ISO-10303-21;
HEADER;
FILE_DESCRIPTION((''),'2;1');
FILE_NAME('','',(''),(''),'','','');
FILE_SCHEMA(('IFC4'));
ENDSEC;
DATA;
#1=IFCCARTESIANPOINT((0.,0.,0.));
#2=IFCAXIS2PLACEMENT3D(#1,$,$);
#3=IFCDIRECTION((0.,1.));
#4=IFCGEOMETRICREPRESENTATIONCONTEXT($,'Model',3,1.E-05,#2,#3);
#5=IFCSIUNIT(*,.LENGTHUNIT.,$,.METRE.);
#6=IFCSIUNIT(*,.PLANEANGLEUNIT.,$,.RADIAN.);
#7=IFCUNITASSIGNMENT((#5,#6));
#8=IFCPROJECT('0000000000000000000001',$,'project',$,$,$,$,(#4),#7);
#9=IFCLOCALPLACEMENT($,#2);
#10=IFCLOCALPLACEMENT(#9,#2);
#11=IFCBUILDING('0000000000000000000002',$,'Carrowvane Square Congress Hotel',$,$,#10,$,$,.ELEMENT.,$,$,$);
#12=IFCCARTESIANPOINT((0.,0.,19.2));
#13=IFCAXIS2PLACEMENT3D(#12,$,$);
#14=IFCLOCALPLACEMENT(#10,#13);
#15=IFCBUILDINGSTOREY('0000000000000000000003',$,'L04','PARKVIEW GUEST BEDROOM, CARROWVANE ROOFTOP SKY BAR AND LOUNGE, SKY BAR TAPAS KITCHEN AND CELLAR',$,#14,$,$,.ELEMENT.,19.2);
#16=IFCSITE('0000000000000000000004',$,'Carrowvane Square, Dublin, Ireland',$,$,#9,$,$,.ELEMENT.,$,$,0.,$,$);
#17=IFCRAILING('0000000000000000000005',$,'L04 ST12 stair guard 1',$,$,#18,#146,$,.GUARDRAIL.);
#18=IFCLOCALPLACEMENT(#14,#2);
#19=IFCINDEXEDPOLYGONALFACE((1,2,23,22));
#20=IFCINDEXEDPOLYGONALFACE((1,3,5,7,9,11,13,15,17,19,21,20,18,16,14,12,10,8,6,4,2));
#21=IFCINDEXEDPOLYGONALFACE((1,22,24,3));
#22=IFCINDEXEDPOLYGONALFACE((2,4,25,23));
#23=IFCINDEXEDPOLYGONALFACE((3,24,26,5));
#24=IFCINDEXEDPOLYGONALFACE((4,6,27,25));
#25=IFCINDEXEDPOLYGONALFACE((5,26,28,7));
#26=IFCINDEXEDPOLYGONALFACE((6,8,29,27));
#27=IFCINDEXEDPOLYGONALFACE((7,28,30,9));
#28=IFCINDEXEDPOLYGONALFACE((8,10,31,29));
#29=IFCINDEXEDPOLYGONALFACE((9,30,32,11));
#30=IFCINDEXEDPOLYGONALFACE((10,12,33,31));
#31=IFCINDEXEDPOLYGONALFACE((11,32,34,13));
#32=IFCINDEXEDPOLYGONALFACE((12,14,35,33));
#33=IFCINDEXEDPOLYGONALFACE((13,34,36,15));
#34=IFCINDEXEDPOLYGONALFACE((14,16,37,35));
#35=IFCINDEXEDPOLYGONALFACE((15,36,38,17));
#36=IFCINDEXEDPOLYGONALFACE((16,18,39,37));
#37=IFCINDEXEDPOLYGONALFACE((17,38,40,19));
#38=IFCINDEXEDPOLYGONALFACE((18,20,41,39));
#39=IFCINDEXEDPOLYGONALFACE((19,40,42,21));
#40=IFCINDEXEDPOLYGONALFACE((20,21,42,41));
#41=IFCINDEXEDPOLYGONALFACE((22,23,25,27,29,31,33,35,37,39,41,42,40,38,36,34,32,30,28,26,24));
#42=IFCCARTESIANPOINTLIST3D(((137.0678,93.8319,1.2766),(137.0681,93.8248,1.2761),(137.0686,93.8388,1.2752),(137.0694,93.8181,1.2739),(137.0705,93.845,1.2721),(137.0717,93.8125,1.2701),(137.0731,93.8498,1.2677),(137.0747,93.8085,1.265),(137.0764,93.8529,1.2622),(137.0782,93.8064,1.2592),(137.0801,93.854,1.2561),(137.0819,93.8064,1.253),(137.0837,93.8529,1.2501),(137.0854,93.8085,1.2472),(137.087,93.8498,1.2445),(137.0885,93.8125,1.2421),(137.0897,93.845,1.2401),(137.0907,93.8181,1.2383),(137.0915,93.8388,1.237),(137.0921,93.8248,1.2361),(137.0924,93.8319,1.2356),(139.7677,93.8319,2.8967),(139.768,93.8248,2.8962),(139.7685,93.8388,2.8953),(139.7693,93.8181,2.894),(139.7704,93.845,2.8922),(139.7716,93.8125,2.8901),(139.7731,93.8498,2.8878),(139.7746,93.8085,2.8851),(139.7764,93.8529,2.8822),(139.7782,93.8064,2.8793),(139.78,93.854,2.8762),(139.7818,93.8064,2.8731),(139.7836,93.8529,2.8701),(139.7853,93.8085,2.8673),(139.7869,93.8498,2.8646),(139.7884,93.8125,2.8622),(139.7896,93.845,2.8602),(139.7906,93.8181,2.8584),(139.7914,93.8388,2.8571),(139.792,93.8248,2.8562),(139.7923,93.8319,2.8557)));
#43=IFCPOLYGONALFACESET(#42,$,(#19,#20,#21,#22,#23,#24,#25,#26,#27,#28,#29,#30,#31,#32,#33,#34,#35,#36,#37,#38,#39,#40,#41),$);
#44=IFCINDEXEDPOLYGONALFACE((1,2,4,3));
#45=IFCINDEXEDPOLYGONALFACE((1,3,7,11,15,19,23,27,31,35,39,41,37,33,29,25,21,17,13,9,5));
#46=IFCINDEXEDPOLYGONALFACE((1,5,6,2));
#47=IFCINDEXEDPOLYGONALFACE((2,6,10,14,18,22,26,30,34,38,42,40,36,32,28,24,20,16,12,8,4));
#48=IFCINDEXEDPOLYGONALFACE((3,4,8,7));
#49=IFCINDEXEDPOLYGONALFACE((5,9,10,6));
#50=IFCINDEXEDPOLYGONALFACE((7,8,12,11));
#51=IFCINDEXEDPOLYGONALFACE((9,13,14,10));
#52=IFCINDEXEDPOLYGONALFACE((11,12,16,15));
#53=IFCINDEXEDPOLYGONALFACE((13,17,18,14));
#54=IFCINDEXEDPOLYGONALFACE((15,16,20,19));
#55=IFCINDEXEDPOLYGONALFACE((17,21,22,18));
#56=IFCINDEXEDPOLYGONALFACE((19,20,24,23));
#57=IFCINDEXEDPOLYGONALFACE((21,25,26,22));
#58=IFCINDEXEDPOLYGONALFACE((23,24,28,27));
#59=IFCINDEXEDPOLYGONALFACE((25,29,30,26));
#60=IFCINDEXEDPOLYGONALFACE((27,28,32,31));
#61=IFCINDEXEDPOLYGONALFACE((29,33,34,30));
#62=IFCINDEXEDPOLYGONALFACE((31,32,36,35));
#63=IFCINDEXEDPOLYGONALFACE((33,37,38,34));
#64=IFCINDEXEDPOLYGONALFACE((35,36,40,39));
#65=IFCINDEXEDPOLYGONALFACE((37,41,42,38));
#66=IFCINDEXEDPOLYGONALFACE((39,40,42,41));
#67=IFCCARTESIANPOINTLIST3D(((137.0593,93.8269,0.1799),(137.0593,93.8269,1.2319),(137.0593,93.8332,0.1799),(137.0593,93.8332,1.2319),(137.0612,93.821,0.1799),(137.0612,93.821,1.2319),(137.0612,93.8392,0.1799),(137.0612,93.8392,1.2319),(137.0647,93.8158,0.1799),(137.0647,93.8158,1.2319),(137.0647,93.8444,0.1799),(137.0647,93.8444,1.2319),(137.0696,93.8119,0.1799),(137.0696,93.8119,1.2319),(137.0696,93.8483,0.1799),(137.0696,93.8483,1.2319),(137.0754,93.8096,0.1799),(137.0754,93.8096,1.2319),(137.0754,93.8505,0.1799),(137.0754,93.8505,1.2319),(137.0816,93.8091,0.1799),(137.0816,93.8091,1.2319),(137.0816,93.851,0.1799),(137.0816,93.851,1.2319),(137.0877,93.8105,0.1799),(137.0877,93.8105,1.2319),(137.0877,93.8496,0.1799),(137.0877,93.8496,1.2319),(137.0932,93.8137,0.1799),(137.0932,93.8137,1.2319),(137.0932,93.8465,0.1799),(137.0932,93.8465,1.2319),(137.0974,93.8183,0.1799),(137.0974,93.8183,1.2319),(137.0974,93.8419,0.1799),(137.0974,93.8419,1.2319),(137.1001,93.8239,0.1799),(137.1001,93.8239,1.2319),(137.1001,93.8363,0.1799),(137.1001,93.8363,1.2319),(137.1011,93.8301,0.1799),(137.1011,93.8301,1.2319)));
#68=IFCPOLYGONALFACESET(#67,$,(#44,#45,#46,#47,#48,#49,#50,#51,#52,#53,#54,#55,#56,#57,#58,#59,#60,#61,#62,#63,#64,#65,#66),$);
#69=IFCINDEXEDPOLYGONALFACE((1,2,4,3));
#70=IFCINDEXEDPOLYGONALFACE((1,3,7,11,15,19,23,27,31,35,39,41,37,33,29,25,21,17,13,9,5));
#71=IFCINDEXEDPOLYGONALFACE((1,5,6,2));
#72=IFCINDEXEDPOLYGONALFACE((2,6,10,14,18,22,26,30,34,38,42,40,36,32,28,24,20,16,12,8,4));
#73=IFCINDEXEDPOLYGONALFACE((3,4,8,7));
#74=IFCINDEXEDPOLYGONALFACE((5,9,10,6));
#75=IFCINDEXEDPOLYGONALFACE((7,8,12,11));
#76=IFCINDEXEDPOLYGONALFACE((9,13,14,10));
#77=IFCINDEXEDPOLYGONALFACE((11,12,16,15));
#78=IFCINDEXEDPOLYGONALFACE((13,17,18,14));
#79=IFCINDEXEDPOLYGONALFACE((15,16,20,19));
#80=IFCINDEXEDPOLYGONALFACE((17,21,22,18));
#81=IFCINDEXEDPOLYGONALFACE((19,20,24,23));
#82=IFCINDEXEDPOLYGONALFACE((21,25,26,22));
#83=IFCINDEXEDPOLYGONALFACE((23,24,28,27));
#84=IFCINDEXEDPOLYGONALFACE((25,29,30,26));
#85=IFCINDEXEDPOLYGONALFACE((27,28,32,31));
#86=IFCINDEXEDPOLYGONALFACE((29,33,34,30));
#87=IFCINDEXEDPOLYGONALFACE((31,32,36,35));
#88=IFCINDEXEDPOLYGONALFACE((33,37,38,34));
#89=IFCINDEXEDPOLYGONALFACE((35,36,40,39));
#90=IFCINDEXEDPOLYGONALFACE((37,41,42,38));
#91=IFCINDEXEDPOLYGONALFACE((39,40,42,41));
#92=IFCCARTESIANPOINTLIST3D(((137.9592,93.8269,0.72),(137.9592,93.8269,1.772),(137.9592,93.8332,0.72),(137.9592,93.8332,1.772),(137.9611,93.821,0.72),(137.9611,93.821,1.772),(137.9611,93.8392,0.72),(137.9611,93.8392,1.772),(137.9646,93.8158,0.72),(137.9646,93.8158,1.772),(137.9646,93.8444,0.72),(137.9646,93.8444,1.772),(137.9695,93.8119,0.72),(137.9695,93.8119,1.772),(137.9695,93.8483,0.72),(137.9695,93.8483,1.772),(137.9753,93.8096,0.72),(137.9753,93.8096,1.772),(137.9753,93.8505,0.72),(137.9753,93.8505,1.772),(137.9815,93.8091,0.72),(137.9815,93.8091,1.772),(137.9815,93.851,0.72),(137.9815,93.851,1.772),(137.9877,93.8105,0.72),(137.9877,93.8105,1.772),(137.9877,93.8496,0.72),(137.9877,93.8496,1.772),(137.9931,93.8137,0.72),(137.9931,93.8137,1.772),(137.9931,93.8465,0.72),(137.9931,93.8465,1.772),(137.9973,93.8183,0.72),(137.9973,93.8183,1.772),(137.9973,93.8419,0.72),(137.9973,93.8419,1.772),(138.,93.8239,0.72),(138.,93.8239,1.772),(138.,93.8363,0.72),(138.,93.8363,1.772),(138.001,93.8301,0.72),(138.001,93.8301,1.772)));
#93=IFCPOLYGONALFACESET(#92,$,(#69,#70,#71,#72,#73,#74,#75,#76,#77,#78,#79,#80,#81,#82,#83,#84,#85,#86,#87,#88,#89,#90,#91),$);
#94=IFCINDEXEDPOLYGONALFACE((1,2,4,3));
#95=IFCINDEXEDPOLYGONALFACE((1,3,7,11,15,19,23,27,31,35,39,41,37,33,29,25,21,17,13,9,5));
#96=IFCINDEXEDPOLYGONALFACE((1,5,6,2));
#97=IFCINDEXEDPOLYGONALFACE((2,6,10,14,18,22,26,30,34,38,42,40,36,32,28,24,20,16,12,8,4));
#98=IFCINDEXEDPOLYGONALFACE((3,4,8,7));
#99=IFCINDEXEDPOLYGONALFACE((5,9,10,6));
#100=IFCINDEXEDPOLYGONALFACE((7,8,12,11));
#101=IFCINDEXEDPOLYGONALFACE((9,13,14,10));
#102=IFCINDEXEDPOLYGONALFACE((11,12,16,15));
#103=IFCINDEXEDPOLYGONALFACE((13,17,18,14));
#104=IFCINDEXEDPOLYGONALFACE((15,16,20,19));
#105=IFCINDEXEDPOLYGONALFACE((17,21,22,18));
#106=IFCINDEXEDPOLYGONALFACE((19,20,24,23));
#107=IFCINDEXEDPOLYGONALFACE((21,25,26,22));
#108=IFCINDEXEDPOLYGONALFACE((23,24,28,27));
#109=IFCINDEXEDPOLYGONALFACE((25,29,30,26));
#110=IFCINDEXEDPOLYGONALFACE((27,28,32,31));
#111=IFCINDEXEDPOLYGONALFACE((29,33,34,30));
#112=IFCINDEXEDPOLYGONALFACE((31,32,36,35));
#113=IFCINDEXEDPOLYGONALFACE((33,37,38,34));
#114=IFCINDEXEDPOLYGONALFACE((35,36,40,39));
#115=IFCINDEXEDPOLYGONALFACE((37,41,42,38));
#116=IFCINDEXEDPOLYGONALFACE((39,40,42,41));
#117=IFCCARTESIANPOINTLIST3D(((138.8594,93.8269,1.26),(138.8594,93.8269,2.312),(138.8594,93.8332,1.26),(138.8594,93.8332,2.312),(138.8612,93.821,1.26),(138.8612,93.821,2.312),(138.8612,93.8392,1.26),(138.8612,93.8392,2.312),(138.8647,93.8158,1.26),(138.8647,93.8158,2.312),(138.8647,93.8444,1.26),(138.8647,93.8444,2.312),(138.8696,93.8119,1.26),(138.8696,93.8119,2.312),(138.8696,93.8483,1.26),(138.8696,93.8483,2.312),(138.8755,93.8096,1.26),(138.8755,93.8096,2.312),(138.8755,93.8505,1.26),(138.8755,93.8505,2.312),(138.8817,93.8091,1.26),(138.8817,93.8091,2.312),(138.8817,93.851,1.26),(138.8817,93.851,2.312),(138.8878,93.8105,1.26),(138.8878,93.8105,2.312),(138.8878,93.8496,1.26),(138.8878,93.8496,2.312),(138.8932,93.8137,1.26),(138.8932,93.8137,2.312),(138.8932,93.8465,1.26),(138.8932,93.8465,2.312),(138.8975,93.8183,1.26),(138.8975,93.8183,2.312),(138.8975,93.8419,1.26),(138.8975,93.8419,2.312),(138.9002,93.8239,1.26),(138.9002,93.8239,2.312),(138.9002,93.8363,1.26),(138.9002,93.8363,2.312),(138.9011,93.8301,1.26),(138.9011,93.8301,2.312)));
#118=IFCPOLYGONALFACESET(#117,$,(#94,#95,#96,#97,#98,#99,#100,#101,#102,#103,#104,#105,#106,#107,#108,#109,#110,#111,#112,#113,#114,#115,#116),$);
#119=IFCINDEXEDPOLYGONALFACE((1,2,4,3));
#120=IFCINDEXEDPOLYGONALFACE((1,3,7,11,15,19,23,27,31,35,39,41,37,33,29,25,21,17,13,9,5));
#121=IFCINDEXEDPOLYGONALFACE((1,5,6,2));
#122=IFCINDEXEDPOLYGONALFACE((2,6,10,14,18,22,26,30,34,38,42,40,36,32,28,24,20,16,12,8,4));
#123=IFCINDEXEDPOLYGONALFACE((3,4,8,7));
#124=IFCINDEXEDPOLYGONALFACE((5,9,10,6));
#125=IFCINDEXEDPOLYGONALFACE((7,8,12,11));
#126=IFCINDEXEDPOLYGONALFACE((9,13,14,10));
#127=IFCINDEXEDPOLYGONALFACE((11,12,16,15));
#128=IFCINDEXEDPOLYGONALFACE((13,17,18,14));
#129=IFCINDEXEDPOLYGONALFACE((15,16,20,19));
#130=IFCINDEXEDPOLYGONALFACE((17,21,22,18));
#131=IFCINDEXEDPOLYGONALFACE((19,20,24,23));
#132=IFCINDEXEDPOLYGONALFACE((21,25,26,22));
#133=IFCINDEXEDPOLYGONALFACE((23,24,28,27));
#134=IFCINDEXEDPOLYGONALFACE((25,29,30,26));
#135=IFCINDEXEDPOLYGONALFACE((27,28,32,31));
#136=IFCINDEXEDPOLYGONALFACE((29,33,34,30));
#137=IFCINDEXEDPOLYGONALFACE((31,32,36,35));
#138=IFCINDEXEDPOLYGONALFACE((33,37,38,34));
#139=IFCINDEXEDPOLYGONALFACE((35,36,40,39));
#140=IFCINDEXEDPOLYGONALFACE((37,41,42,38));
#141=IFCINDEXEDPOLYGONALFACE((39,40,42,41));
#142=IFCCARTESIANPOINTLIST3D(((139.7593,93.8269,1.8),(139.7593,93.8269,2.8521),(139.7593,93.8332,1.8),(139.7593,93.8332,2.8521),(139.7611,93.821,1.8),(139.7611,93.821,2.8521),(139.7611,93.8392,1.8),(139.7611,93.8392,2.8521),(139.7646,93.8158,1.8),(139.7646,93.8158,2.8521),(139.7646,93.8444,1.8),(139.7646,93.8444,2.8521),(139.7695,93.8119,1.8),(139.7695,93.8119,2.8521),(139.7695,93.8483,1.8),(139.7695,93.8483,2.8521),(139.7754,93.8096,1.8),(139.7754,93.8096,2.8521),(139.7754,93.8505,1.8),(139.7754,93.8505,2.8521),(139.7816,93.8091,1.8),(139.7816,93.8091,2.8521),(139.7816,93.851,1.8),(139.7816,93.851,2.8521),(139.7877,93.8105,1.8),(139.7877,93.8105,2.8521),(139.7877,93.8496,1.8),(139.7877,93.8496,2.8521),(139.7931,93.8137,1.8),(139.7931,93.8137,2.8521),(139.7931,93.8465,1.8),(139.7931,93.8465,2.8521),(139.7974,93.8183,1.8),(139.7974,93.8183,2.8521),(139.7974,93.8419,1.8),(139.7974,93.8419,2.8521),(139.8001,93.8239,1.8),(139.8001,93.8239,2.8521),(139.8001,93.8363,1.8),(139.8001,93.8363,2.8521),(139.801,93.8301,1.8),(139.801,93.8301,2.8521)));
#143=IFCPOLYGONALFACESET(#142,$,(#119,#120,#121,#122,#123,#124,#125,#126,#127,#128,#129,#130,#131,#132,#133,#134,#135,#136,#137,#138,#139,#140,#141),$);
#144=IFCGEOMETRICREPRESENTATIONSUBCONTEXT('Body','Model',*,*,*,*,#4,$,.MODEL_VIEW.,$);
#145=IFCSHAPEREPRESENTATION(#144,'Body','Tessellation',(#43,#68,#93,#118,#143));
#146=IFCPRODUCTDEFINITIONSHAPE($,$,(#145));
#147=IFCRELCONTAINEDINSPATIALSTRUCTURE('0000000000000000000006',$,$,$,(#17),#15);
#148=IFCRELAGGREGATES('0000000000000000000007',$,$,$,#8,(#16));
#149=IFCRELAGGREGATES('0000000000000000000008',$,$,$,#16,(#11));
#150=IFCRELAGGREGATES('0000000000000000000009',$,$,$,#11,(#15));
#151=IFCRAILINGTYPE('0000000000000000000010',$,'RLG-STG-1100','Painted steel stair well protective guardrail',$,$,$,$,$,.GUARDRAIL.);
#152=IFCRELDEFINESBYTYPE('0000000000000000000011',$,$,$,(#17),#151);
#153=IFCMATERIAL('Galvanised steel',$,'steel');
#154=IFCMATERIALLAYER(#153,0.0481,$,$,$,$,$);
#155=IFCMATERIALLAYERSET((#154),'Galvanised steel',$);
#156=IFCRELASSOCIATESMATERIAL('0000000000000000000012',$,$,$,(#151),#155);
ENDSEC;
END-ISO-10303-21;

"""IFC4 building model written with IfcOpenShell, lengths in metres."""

from ifc_helpers import new_model, si_unit, direction, frame, origin, origin_2d, place, context, subcontext, project, spatial, circle, extrude, material, layer, layer_set, type_object, element, save


model = new_model("IFC4")

# Units and contexts
model_context = context("Model", 3, precision=1e-05, world=origin(), true_north=direction((0.0, 1.0)))
body_context = subcontext(model_context, "Body", "Model", "MODEL_VIEW")
ifc_project = project(units=[si_unit("LENGTHUNIT", "METRE"), si_unit("PLANEANGLEUNIT", "RADIAN")], contexts=[model_context])

# Site, building, storey
site_placement = place(None, origin())
site = spatial("IfcSite", under=ifc_project, at=site_placement, Name="Carrowvane Square, Dublin, Ireland", CompositionType="ELEMENT", RefElevation=0.0)
building_placement = place(site_placement, origin())
building = spatial("IfcBuilding", under=site, at=building_placement, Name="Carrowvane Square Congress Hotel", CompositionType="ELEMENT")
storey_placement = place(building_placement, frame((0.0, 0.0, 19.2)))
storey = spatial("IfcBuildingStorey", under=building, at=storey_placement, Name="L04", Description="PARKVIEW GUEST BEDROOM, CARROWVANE ROOFTOP SKY BAR AND LOUNGE, SKY BAR TAPAS KITCHEN AND CELLAR", CompositionType="ELEMENT", Elevation=19.2)

# Railing
ifc_material_1 = material(Name="Galvanised steel", Category="steel")
ifc_layer_1 = layer(ifc_material_1, 0.0481)
ifc_layer_set_1 = layer_set([ifc_layer_1], Name="Galvanised steel")
railing_type_1 = type_object("IfcRailingType", Name="RLG-STG-1100", Description="Painted steel stair well protective guardrail", PredefinedType="GUARDRAIL", material=ifc_layer_set_1)
railing_1_placement = place(storey_placement, frame((137.0801, 93.8301, 0.1799)))
element("IfcRailing", 1, at=railing_1_placement, inside=storey, type_object=railing_type_1, Name="L04 ST12 stair guard 1", PredefinedType="GUARDRAIL", context=body_context, shape_type="SweptSolid", body=[
    extrude(circle(Radius=0.0239, at=origin_2d()), frame((0.0, 0.0, 1.0762), z_axis=(0.857472, 0.0, 0.51453), x_axis=(0.0, 1.0, 0.0)), (0.0, 0.0, 1.0), 3.1487),
    extrude(circle(Radius=0.021, at=origin_2d()), origin(), (0.0, 0.0, 1.0), 1.052),
    extrude(circle(Radius=0.021, at=origin_2d()), frame((0.8999, 0.0, 0.54)), (0.0, 0.0, 1.0), 1.052),
    extrude(circle(Radius=0.021, at=origin_2d()), frame((1.8, 0.0, 1.0801)), (0.0, 0.0, 1.0), 1.052),
    extrude(circle(Radius=0.021, at=origin_2d()), frame((2.7, 0.0, 1.6201)), (0.0, 0.0, 1.0), 1.052),
])

save(model, "model.ifc")
